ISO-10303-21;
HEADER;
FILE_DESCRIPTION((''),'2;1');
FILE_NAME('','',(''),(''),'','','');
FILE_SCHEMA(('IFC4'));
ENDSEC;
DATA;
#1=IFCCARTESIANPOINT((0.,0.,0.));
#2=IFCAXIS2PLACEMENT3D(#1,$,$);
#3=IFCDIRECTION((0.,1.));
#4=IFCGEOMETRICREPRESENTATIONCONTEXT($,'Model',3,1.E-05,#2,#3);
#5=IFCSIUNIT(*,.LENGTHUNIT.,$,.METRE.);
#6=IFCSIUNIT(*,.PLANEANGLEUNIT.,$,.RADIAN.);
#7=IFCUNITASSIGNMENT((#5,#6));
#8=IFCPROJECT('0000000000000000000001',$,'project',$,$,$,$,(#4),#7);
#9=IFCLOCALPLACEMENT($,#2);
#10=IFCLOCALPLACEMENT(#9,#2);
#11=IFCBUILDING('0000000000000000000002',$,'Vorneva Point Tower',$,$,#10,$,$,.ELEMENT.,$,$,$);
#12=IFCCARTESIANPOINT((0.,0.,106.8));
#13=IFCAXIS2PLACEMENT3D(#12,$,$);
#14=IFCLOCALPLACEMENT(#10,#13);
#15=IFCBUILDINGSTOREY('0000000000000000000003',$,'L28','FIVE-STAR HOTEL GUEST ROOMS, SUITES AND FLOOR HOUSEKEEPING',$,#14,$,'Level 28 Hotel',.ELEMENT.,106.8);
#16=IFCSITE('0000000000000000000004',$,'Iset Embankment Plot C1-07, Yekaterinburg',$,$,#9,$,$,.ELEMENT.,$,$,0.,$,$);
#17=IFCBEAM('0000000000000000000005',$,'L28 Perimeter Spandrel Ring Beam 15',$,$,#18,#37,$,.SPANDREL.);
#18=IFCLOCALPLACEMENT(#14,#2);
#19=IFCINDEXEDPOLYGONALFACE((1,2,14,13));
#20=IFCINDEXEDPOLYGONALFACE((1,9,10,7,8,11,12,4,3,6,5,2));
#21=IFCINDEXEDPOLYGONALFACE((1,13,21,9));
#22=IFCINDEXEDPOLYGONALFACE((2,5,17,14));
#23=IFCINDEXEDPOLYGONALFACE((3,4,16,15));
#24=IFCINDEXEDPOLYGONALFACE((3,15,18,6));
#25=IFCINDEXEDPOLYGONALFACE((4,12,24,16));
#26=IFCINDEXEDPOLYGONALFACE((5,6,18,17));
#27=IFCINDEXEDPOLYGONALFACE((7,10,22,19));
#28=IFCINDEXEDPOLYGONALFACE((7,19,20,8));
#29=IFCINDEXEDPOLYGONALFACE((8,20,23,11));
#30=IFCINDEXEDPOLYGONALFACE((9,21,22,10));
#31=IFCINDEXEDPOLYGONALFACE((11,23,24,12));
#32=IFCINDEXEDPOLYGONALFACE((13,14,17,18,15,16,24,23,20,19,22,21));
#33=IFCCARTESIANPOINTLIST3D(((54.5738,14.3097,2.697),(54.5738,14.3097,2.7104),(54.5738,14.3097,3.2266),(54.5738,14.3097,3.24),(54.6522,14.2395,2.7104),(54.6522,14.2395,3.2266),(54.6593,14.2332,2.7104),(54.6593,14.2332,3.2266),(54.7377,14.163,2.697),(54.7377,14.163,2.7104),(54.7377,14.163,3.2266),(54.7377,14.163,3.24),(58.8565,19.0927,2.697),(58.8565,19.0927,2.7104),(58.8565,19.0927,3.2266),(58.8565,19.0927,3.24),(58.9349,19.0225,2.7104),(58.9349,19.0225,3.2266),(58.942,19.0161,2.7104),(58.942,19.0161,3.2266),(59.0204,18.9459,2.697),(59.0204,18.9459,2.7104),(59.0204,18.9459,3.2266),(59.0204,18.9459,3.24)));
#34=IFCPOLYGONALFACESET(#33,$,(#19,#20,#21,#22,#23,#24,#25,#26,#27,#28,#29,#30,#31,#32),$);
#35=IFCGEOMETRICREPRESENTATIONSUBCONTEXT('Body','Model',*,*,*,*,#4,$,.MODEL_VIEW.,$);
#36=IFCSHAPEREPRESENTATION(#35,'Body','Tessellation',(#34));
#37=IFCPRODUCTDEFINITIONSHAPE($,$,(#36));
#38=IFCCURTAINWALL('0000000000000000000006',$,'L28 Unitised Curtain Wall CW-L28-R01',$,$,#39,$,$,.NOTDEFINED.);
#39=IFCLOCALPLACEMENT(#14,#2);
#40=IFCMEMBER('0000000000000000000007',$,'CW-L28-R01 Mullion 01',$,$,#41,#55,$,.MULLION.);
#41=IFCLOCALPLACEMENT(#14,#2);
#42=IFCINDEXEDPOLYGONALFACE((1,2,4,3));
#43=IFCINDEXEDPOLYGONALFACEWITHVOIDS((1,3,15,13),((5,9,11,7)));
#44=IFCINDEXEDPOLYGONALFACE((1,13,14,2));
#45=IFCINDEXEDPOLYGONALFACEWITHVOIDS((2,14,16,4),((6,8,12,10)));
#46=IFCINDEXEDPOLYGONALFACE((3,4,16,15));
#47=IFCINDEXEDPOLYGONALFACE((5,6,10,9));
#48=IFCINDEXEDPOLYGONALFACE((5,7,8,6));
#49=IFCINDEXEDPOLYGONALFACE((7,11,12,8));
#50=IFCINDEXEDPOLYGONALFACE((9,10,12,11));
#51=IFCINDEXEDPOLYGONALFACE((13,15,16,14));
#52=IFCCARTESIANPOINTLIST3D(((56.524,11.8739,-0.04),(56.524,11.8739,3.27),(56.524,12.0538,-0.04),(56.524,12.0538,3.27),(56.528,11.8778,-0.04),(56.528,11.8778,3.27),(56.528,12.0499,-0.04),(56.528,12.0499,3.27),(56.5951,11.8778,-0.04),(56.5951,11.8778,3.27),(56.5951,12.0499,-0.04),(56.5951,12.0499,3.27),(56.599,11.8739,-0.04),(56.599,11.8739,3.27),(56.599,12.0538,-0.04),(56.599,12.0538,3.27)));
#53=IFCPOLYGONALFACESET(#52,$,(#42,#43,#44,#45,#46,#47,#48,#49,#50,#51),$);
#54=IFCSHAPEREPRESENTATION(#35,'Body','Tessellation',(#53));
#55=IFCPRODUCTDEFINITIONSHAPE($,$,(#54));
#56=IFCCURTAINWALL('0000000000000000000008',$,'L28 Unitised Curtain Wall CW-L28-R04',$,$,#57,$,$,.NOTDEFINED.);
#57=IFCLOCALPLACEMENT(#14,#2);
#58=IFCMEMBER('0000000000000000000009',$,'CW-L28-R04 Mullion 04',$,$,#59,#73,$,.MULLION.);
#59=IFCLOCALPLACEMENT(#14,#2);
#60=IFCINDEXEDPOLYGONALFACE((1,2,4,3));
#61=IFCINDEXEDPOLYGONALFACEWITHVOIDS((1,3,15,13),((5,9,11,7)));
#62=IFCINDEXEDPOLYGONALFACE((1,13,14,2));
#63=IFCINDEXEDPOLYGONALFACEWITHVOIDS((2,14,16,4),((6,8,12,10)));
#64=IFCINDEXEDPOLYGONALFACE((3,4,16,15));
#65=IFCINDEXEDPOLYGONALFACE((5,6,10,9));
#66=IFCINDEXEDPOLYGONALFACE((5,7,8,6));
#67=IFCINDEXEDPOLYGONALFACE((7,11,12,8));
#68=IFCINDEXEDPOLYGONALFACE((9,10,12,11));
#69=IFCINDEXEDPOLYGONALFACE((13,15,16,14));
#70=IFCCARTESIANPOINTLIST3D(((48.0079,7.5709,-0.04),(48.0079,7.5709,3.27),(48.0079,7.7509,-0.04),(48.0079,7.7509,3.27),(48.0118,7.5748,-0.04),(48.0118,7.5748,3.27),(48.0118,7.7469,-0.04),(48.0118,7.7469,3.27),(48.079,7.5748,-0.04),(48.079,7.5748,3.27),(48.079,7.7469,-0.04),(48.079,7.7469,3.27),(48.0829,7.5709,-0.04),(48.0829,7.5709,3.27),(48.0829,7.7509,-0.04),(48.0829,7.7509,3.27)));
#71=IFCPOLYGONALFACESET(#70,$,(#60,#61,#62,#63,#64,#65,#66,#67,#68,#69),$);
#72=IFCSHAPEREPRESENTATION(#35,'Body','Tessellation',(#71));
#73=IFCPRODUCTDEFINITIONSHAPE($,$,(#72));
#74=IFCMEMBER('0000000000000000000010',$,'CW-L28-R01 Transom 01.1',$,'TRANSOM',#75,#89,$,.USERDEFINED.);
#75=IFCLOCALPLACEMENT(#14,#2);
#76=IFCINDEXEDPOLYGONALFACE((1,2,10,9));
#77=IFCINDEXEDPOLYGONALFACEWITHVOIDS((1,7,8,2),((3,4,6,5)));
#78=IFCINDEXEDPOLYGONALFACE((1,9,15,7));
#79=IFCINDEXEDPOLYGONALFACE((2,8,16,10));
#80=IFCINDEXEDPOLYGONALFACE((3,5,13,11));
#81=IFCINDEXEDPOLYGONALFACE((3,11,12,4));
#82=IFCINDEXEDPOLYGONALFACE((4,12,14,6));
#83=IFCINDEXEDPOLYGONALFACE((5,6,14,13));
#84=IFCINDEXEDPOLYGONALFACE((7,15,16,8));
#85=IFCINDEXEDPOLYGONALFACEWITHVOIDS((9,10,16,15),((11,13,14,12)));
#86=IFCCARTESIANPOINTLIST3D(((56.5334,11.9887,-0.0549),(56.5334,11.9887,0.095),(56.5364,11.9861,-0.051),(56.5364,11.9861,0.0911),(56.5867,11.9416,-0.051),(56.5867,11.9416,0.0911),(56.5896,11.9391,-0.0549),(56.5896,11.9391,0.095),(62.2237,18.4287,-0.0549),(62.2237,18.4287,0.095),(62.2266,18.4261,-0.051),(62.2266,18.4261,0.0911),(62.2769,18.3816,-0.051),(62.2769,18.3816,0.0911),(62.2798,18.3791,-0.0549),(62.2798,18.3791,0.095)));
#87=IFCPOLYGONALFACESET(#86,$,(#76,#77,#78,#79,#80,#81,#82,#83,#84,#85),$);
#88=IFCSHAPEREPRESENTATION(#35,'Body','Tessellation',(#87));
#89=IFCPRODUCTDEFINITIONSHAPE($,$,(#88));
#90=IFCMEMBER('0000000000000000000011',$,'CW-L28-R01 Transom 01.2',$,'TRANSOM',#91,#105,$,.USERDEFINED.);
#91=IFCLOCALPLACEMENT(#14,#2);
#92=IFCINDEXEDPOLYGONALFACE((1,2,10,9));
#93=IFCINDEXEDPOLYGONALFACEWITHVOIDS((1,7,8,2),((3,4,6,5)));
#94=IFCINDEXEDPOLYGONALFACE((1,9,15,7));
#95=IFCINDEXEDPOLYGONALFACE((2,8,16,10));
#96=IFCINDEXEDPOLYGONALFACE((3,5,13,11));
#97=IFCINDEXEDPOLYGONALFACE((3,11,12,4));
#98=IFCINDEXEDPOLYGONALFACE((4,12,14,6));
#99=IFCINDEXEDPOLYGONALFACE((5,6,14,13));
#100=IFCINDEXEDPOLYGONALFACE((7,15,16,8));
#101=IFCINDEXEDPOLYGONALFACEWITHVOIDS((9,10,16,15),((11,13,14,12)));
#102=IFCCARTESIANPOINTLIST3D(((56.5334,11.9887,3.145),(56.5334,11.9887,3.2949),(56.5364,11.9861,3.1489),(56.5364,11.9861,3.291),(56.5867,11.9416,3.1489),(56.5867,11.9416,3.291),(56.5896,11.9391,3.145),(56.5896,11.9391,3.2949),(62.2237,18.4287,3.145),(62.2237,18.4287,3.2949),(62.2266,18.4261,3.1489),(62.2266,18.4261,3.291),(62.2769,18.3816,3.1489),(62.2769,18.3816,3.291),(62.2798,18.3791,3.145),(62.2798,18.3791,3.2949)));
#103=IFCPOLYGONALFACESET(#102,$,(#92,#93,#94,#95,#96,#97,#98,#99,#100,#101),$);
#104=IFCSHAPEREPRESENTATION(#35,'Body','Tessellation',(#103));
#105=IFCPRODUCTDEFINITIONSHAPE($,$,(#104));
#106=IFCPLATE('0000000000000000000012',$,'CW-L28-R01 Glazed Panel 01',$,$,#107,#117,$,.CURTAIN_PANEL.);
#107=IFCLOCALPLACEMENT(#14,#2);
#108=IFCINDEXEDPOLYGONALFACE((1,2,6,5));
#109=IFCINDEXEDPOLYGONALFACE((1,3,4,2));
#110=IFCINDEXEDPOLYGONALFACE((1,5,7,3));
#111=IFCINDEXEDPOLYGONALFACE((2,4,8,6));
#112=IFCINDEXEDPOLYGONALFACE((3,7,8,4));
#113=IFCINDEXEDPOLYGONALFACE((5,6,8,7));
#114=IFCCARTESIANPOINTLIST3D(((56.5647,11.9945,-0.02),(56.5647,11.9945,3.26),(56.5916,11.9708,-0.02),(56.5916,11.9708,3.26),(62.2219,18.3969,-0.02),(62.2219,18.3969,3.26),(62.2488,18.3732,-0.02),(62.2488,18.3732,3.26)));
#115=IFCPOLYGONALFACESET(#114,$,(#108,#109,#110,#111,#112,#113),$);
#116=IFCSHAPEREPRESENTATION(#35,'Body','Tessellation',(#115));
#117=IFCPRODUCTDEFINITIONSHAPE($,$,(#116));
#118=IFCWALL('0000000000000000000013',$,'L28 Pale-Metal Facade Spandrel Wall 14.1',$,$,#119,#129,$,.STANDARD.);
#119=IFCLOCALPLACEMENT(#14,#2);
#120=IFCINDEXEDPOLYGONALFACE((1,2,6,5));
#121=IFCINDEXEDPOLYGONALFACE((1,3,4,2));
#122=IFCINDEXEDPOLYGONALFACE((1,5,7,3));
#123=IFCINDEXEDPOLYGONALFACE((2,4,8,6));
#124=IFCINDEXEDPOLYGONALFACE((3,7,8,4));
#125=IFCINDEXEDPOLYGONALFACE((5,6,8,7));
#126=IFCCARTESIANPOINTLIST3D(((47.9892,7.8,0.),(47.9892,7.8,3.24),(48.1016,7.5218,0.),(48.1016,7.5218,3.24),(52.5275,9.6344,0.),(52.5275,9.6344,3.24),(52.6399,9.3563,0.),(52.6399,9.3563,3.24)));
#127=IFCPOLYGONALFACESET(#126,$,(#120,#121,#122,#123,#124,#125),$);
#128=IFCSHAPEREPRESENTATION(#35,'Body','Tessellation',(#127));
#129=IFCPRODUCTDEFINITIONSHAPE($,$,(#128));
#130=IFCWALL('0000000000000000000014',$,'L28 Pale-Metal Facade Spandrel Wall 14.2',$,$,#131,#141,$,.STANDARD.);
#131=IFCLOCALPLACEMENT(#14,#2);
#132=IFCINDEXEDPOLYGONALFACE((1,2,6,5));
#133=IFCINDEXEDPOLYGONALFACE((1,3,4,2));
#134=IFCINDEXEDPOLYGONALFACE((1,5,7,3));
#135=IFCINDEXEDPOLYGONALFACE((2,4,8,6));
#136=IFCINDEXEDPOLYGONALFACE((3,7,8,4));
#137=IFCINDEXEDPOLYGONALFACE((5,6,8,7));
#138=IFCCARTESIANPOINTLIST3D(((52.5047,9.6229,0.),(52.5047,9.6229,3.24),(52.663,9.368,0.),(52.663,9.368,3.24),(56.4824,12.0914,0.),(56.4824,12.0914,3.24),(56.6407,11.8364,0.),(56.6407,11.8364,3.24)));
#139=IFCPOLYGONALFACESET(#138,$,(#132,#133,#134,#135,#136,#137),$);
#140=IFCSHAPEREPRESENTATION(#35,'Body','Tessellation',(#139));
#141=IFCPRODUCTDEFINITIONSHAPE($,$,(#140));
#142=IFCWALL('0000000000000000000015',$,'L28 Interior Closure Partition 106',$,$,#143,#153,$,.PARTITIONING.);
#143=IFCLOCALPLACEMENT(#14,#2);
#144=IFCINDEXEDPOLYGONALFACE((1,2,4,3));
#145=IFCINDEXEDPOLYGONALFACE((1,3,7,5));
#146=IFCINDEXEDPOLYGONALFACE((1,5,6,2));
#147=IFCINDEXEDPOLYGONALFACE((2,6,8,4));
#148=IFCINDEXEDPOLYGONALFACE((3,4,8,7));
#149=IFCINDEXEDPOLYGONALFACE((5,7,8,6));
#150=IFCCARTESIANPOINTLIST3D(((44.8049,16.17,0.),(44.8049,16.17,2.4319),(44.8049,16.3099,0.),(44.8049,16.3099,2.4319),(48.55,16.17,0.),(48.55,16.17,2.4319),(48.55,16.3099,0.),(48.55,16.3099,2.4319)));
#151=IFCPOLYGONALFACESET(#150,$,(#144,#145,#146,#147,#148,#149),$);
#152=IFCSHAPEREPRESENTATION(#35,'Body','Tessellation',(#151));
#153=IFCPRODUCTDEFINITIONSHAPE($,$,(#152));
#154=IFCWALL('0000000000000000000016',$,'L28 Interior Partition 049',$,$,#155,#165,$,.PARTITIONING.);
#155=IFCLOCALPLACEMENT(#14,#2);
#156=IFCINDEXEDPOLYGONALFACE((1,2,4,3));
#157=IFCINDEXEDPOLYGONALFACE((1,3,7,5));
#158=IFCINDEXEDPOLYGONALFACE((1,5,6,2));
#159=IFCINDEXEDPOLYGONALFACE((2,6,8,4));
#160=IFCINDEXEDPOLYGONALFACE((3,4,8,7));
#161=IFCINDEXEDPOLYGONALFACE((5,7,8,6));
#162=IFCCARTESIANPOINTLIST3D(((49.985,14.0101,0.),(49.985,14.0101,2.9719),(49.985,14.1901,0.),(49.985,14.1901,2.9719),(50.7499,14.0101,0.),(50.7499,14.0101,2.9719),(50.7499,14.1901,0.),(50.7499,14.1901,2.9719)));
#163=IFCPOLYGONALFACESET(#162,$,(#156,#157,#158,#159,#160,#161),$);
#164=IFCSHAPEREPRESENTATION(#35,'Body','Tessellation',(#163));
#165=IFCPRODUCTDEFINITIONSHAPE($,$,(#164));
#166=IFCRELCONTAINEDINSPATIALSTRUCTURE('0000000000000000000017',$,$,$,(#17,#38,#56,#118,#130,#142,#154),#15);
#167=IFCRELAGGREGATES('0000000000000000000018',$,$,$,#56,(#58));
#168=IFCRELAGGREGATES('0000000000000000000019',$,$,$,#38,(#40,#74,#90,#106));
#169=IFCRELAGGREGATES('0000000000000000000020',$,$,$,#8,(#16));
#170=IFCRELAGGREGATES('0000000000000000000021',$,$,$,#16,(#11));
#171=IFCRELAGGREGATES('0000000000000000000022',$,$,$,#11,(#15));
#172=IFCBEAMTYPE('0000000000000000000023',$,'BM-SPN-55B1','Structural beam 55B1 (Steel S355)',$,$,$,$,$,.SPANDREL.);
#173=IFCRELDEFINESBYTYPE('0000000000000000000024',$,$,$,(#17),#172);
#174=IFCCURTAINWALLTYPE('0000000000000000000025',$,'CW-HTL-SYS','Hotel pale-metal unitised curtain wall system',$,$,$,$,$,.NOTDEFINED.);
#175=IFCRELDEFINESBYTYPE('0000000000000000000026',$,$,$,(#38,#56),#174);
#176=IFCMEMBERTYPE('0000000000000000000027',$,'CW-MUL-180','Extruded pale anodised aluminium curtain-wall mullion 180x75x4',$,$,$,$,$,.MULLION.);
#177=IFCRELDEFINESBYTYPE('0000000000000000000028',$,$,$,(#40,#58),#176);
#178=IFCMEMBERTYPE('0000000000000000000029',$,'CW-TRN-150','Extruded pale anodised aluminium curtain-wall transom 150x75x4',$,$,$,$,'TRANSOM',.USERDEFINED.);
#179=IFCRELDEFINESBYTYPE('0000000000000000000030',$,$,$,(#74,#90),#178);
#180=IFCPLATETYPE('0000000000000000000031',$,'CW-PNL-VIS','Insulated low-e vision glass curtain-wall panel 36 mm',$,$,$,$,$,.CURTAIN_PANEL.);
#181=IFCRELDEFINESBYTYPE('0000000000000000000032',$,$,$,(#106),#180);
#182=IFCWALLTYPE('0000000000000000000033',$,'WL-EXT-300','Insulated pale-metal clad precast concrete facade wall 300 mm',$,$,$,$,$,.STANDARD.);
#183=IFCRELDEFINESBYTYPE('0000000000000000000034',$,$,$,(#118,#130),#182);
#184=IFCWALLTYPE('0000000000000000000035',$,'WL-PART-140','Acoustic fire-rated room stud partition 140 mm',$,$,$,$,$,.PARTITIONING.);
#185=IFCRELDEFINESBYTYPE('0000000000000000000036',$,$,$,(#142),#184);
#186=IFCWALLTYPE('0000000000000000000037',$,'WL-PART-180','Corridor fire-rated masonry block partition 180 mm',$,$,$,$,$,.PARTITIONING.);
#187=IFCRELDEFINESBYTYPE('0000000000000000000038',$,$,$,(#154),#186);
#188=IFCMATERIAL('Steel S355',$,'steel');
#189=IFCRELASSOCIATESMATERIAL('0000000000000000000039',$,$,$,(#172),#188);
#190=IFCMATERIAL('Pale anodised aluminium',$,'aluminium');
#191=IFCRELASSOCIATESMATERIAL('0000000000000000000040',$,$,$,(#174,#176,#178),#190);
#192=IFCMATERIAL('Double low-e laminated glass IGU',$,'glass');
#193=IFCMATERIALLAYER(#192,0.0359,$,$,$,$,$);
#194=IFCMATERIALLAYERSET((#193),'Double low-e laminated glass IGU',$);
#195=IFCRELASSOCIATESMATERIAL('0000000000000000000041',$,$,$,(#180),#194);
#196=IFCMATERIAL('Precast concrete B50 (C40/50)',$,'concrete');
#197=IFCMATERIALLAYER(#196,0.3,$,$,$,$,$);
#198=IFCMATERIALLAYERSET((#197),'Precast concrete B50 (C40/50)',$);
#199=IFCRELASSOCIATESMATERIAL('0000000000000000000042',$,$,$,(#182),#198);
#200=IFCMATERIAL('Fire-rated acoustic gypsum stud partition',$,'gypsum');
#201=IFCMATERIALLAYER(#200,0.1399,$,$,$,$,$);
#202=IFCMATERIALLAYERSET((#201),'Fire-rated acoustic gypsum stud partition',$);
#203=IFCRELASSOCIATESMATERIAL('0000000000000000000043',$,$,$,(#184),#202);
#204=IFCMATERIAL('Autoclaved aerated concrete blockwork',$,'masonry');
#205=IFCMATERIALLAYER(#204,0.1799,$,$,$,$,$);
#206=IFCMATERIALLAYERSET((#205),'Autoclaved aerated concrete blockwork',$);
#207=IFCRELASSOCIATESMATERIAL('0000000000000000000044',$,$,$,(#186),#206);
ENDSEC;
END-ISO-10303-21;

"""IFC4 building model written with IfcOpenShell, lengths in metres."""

from ifc_helpers import new_model, si_unit, direction, frame, frame_2d, origin, origin_2d, place, context, subcontext, project, spatial, rectangle, hollow_rectangle, i_section, extrude, material, layer, layer_set, material_profile, profile_set, type_object, element, aggregate, save


model = new_model("IFC4")

# Units and contexts
model_context = context("Model", 3, precision=1e-05, world=origin(), true_north=direction((0.0, 1.0)))
body_context = subcontext(model_context, "Body", "Model", "MODEL_VIEW")
ifc_project = project(units=[si_unit("LENGTHUNIT", "METRE"), si_unit("PLANEANGLEUNIT", "RADIAN")], contexts=[model_context])

# Site, building, storey
site_placement = place(None, origin())
site = spatial("IfcSite", under=ifc_project, at=site_placement, Name="Iset Embankment Plot C1-07, Yekaterinburg", CompositionType="ELEMENT", RefElevation=0.0)
building_placement = place(site_placement, origin())
building = spatial("IfcBuilding", under=site, at=building_placement, Name="Vorneva Point Tower", CompositionType="ELEMENT")
storey_placement = place(building_placement, frame((0.0, 0.0, 106.8)))
storey = spatial("IfcBuildingStorey", under=building, at=storey_placement, Name="L28", Description="FIVE-STAR HOTEL GUEST ROOMS, SUITES AND FLOOR HOUSEKEEPING", LongName="Level 28 Hotel", CompositionType="ELEMENT", Elevation=106.8)

# Beam
ifc_material_1 = material(Name="Steel S355", Category="steel")
ifc_material_profile_1 = material_profile(ifc_material_1, i_section(OverallWidth=0.22, OverallDepth=0.543, WebThickness=0.0095, FlangeThickness=0.0134, at=origin_2d()), Name="55B1")
ifc_profile_set_1 = profile_set([ifc_material_profile_1], Name="Steel S355")
beam_type_1 = type_object("IfcBeamType", Name="BM-SPN-55B1", Description="Structural beam 55B1 (Steel S355)", PredefinedType="SPANDREL", material=ifc_profile_set_1)
beam_1_placement = place(storey_placement, frame((54.6558, 14.2363, 2.9685), z_axis=(0.667074, 0.744992, 0.0), x_axis=(-0.744992, 0.667074, 0.0)))
element("IfcBeam", 1, at=beam_1_placement, inside=storey, type_object=beam_type_1, Name="L28 Perimeter Spandrel Ring Beam 15", PredefinedType="SPANDREL", context=body_context, shape_type="SweptSolid", body=[
    extrude(i_section(OverallWidth=0.22, OverallDepth=0.543, WebThickness=0.0095, FlangeThickness=0.0134, at=origin_2d()), origin(), (0.0, 0.0, 1.0), 6.4202),
])

# Curtain walls, members
ifc_material_2 = material(Name="Pale anodised aluminium", Category="aluminium")
curtain_wall_type = type_object("IfcCurtainWallType", Name="CW-HTL-SYS", Description="Hotel pale-metal unitised curtain wall system", PredefinedType="NOTDEFINED", material=ifc_material_2)
curtain_wall_1_placement = place(storey_placement, origin())
curtain_wall_1 = element("IfcCurtainWall", 2, at=curtain_wall_1_placement, inside=storey, type_object=curtain_wall_type, Name="L28 Unitised Curtain Wall CW-L28-R01", PredefinedType="NOTDEFINED")
ifc_material_profile_2 = material_profile(ifc_material_2, hollow_rectangle(XDim=0.075, YDim=0.1799, WallThickness=0.0039, at=origin_2d()), Name="AL-MUL 180x75x4")
ifc_profile_set_2 = profile_set([ifc_material_profile_2], Name="Pale anodised aluminium")
member_type_1 = type_object("IfcMemberType", Name="CW-MUL-180", Description="Extruded pale anodised aluminium curtain-wall mullion 180x75x4", PredefinedType="MULLION", material=ifc_profile_set_2)
member_1_placement = place(storey_placement, frame((56.5615, 11.9639, -0.04), z_axis=(0.0, 0.0, 1.0), x_axis=(1.0, 0.0, 0.0)))
member_1 = element("IfcMember", 3, at=member_1_placement, type_object=member_type_1, Name="CW-L28-R01 Mullion 01", PredefinedType="MULLION", context=body_context, shape_type="SweptSolid", body=[
    extrude(hollow_rectangle(XDim=0.075, YDim=0.1799, WallThickness=0.0039, at=origin_2d()), origin(), (0.0, 0.0, 1.0), 3.3101),
])
curtain_wall_2_placement = place(storey_placement, origin())
curtain_wall_2 = element("IfcCurtainWall", 4, at=curtain_wall_2_placement, inside=storey, type_object=curtain_wall_type, Name="L28 Unitised Curtain Wall CW-L28-R04", PredefinedType="NOTDEFINED")
member_2_placement = place(storey_placement, frame((48.0454, 7.6609, -0.04), z_axis=(0.0, 0.0, 1.0), x_axis=(1.0, 0.0, 0.0)))
member_2 = element("IfcMember", 5, at=member_2_placement, type_object=member_type_1, Name="CW-L28-R04 Mullion 04", PredefinedType="MULLION", context=body_context, shape_type="SweptSolid", body=[
    extrude(hollow_rectangle(XDim=0.075, YDim=0.1799, WallThickness=0.0039, at=origin_2d()), origin(), (0.0, 0.0, 1.0), 3.3101),
])
aggregate(curtain_wall_2, [member_2])

# Members
ifc_material_profile_3 = material_profile(ifc_material_2, hollow_rectangle(XDim=0.075, YDim=0.1499, WallThickness=0.0039, at=origin_2d()), Name="AL-TRN 150x75x4")
ifc_profile_set_3 = profile_set([ifc_material_profile_3], Name="Pale anodised aluminium")
member_type_2 = type_object("IfcMemberType", Name="CW-TRN-150", Description="Extruded pale anodised aluminium curtain-wall transom 150x75x4", ElementType="TRANSOM", PredefinedType="USERDEFINED", material=ifc_profile_set_3)
member_3_placement = place(storey_placement, frame((56.5615, 11.9639, 0.02), z_axis=(0.662137, 0.749383, 0.0), x_axis=(-0.749383, 0.662137, 0.0)))
member_3 = element("IfcMember", 6, at=member_3_placement, type_object=member_type_2, Name="CW-L28-R01 Transom 01.1", ObjectType="TRANSOM", PredefinedType="USERDEFINED", context=body_context, shape_type="SweptSolid", body=[
    extrude(hollow_rectangle(XDim=0.075, YDim=0.1499, WallThickness=0.0039, at=origin_2d()), origin(), (0.0, 0.0, 1.0), 8.5938),
])
member_4_placement = place(storey_placement, frame((56.5615, 11.9639, 3.22), z_axis=(0.662137, 0.749383, 0.0), x_axis=(-0.749383, 0.662137, 0.0)))
member_4 = element("IfcMember", 7, at=member_4_placement, type_object=member_type_2, Name="CW-L28-R01 Transom 01.2", ObjectType="TRANSOM", PredefinedType="USERDEFINED", context=body_context, shape_type="SweptSolid", body=[
    extrude(hollow_rectangle(XDim=0.075, YDim=0.1499, WallThickness=0.0039, at=origin_2d()), origin(), (0.0, 0.0, 1.0), 8.5938),
])

# Plate
ifc_material_3 = material(Name="Double low-e laminated glass IGU", Category="glass")
ifc_layer_1 = layer(ifc_material_3, 0.0359)
ifc_layer_set_1 = layer_set([ifc_layer_1], Name="Double low-e laminated glass IGU")
plate_type = type_object("IfcPlateType", Name="CW-PNL-VIS", Description="Insulated low-e vision glass curtain-wall panel 36 mm", PredefinedType="CURTAIN_PANEL", material=ifc_layer_set_1)
plate_placement = place(storey_placement, frame((59.4067, 15.1838, -0.02), z_axis=(0.0, 0.0, 1.0), x_axis=(0.662149, 0.749372, 0.0)))
plate = element("IfcPlate", 8, at=plate_placement, type_object=plate_type, Name="CW-L28-R01 Glazed Panel 01", PredefinedType="CURTAIN_PANEL", context=body_context, shape_type="SweptSolid", body=[
    extrude(rectangle(XDim=8.5437, YDim=0.0359, at=origin_2d()), origin(), (0.0, 0.0, 1.0), 3.28),
])
aggregate(curtain_wall_1, [member_1, member_3, member_4, plate])

# Walls
ifc_material_4 = material(Name="Precast concrete B50 (C40/50)", Category="concrete")
ifc_layer_2 = layer(ifc_material_4, 0.3)
ifc_layer_set_2 = layer_set([ifc_layer_2], Name="Precast concrete B50 (C40/50)")
wall_type_1 = type_object("IfcWallType", Name="WL-EXT-300", Description="Insulated pale-metal clad precast concrete facade wall 300 mm", PredefinedType="STANDARD", material=ifc_layer_set_2)
wall_1_placement = place(storey_placement, frame((48.0454, 7.6609, 0.0), z_axis=(0.0, 0.0, 1.0), x_axis=(0.927122, 0.374759, 0.0)))
element("IfcWall", 9, at=wall_1_placement, inside=storey, type_object=wall_type_1, Name="L28 Pale-Metal Facade Spandrel Wall 14.1", PredefinedType="STANDARD", context=body_context, shape_type="SweptSolid", body=[
    extrude(rectangle(XDim=4.895, YDim=0.3, at=frame_2d((2.4475, 0.0))), origin(), (0.0, 0.0, 1.0), 3.24),
])
wall_2_placement = place(storey_placement, frame((52.5837, 9.4954, 0.0), z_axis=(0.0, 0.0, 1.0), x_axis=(0.849684, 0.527291, 0.0)))
element("IfcWall", 10, at=wall_2_placement, inside=storey, type_object=wall_type_1, Name="L28 Pale-Metal Facade Spandrel Wall 14.2", PredefinedType="STANDARD", context=body_context, shape_type="SweptSolid", body=[
    extrude(rectangle(XDim=4.6814, YDim=0.3, at=frame_2d((2.3408, 0.0))), origin(), (0.0, 0.0, 1.0), 3.24),
])
ifc_material_5 = material(Name="Fire-rated acoustic gypsum stud partition", Category="gypsum")
ifc_layer_3 = layer(ifc_material_5, 0.1399)
ifc_layer_set_3 = layer_set([ifc_layer_3], Name="Fire-rated acoustic gypsum stud partition")
wall_type_2 = type_object("IfcWallType", Name="WL-PART-140", Description="Acoustic fire-rated room stud partition 140 mm", PredefinedType="PARTITIONING", material=ifc_layer_set_3)
wall_3_placement = place(storey_placement, frame((48.55, 16.24, 0.0), z_axis=(0.0, 0.0, 1.0), x_axis=(-1.0, 0.0, 0.0)))
element("IfcWall", 11, at=wall_3_placement, inside=storey, type_object=wall_type_2, Name="L28 Interior Closure Partition 106", PredefinedType="PARTITIONING", context=body_context, shape_type="SweptSolid", body=[
    extrude(rectangle(XDim=3.7451, YDim=0.1399, at=frame_2d((1.8726, 0.0))), origin(), (0.0, 0.0, 1.0), 2.4319),
])
ifc_material_6 = material(Name="Autoclaved aerated concrete blockwork", Category="masonry")
ifc_layer_4 = layer(ifc_material_6, 0.1799)
ifc_layer_set_4 = layer_set([ifc_layer_4], Name="Autoclaved aerated concrete blockwork")
wall_type_3 = type_object("IfcWallType", Name="WL-PART-180", Description="Corridor fire-rated masonry block partition 180 mm", PredefinedType="PARTITIONING", material=ifc_layer_set_4)
wall_4_placement = place(storey_placement, frame((49.9851, 14.1001, 0.0), z_axis=(0.0, 0.0, 1.0), x_axis=(1.0, 0.0, 0.0)))
element("IfcWall", 12, at=wall_4_placement, inside=storey, type_object=wall_type_3, Name="L28 Interior Partition 049", PredefinedType="PARTITIONING", context=body_context, shape_type="SweptSolid", body=[
    extrude(rectangle(XDim=0.7649, YDim=0.1799, at=frame_2d((0.3823, 0.0))), origin(), (0.0, 0.0, 1.0), 2.9719),
])

save(model, "model.ifc")
